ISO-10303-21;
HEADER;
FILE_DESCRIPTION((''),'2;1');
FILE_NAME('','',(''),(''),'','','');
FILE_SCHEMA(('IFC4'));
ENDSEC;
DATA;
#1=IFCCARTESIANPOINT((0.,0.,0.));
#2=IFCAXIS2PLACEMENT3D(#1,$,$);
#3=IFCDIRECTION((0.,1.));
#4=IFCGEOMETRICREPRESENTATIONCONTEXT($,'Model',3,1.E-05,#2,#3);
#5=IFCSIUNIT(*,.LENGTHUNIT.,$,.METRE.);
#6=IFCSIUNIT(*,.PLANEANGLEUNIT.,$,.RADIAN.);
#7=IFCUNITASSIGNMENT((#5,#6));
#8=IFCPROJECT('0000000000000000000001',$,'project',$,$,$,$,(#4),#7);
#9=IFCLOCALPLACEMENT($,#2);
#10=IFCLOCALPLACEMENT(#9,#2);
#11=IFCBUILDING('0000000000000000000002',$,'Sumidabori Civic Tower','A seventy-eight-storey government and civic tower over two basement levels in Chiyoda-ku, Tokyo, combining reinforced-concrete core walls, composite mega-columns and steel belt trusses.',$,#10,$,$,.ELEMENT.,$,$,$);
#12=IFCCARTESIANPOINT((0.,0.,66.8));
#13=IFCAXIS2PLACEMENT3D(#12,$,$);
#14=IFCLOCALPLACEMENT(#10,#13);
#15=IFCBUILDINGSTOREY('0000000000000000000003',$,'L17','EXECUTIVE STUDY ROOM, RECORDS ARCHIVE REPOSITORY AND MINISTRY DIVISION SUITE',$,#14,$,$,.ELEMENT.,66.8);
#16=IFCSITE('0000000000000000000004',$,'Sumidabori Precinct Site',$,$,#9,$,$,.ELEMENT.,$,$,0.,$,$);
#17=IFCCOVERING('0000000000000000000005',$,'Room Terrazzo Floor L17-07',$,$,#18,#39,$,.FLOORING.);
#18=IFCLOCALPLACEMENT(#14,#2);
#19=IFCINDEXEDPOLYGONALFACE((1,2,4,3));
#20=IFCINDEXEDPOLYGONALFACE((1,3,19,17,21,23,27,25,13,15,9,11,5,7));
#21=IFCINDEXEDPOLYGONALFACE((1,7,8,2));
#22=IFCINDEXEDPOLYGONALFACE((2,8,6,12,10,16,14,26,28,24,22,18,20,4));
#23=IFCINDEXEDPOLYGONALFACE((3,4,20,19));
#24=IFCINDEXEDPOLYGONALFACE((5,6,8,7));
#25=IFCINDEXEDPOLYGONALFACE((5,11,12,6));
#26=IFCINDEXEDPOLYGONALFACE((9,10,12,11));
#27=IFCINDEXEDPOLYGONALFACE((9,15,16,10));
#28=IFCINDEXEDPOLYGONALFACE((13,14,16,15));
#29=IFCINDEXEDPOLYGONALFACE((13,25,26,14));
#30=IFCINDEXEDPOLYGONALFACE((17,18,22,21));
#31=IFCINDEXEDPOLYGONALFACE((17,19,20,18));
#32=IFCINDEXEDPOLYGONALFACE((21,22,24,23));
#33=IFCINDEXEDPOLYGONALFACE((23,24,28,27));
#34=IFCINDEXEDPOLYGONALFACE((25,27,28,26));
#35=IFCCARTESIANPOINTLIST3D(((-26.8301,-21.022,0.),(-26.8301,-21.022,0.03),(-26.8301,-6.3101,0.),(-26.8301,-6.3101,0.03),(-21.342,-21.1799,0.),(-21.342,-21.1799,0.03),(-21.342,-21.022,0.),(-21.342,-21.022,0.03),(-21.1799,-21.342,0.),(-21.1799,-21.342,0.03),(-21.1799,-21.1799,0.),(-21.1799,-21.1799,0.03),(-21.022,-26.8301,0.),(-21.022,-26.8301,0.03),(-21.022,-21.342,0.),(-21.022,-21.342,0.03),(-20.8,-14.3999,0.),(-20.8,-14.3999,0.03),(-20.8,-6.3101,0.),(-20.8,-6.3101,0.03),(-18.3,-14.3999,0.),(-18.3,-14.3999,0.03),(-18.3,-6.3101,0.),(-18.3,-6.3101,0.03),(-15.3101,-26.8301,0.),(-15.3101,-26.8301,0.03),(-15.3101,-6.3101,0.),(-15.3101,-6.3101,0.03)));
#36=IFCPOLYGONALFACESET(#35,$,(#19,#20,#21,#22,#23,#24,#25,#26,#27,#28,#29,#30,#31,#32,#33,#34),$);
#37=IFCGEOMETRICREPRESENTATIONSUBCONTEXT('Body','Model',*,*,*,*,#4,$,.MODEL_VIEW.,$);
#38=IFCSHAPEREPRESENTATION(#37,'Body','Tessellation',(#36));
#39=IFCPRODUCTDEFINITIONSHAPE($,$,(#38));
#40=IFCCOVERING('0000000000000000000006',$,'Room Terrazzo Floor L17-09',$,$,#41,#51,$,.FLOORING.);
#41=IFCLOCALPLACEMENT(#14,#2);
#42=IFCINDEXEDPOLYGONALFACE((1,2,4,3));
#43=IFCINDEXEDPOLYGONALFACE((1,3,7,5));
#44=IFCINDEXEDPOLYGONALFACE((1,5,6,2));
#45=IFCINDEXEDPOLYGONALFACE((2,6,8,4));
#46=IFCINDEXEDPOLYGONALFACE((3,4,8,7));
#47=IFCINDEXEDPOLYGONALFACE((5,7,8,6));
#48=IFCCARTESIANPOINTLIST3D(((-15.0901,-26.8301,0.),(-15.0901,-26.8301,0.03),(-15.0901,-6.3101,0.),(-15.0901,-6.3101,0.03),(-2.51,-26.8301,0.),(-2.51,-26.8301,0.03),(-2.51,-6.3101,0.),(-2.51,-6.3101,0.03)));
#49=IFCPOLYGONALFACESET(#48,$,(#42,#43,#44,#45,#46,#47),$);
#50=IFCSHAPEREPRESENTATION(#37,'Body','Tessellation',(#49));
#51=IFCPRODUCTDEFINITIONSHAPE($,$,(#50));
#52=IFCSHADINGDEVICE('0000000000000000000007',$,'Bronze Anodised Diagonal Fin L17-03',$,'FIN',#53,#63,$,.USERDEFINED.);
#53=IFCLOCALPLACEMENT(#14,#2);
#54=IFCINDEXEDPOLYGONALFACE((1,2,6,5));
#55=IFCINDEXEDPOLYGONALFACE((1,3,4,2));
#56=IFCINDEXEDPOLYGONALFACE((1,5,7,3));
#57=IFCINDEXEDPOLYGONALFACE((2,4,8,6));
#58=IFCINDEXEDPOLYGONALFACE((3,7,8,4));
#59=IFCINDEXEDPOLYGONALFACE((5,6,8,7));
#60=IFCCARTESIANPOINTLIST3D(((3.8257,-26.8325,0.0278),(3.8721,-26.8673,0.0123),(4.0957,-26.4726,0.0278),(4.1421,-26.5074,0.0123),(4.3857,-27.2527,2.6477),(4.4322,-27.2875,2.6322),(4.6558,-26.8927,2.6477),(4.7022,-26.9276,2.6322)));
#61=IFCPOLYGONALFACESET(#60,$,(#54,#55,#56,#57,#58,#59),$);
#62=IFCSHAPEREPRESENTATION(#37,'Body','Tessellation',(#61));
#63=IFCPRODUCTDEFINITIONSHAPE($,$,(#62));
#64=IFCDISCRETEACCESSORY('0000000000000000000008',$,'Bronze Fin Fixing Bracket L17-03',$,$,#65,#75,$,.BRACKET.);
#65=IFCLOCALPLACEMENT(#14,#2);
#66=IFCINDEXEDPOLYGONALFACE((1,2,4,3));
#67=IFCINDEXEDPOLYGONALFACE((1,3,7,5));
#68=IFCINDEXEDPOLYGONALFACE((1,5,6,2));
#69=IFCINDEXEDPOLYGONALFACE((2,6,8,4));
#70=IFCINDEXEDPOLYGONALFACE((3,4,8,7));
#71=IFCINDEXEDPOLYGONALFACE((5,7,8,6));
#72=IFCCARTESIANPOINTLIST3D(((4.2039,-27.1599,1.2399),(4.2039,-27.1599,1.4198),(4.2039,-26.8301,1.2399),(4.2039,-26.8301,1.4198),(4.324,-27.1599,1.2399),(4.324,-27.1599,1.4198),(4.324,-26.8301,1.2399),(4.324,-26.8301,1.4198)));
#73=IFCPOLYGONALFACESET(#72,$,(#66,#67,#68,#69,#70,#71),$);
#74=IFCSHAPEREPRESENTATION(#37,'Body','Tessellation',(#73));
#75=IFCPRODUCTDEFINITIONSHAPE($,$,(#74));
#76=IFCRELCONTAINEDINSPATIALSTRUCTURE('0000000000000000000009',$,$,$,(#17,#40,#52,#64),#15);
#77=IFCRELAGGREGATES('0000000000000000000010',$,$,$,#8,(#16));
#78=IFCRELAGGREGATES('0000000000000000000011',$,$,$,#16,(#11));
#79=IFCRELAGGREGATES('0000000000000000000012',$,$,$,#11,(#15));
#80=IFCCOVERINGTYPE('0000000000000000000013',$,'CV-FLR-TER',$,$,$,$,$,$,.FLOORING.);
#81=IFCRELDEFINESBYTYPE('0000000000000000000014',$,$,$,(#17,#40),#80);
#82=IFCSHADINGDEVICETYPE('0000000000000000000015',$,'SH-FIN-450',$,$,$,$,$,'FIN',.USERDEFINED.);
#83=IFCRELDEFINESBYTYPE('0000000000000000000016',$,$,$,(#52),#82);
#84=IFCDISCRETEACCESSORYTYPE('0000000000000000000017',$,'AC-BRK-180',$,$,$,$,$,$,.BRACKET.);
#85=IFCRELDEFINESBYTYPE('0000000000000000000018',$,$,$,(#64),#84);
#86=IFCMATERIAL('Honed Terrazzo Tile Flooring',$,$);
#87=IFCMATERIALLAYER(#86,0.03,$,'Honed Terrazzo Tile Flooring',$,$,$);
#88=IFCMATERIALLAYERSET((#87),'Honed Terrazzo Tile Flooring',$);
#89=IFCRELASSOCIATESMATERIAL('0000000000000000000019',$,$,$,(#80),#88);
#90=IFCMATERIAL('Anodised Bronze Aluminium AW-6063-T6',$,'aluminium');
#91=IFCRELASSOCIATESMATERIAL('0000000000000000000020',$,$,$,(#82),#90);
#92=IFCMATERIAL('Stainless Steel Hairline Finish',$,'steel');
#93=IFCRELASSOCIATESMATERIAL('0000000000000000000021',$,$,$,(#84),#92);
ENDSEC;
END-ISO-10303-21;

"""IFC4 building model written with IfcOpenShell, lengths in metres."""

from ifc_helpers import new_model, si_unit, direction, frame, origin, origin_2d, place, context, subcontext, project, spatial, polyline, rectangle, outline, extrude, source, transform, mapped, material, layer, layer_set, material_profile, profile_set, type_object, element, save


model = new_model("IFC4")

# Units and contexts
model_context = context("Model", 3, precision=1e-05, world=origin(), true_north=direction((0.0, 1.0)))
body_context = subcontext(model_context, "Body", "Model", "MODEL_VIEW")
ifc_project = project(units=[si_unit("LENGTHUNIT", "METRE"), si_unit("PLANEANGLEUNIT", "RADIAN")], contexts=[model_context])

# Site, building, storey
site_placement = place(None, origin())
site = spatial("IfcSite", under=ifc_project, at=site_placement, Name="Sumidabori Precinct Site", CompositionType="ELEMENT", RefElevation=0.0)
building_placement = place(site_placement, origin())
building = spatial("IfcBuilding", under=site, at=building_placement, Name="Sumidabori Civic Tower", Description="A seventy-eight-storey government and civic tower over two basement levels in Chiyoda-ku, Tokyo, combining reinforced-concrete core walls, composite mega-columns and steel belt trusses.", CompositionType="ELEMENT")
storey_placement = place(building_placement, frame((0.0, 0.0, 66.8)))
storey = spatial("IfcBuildingStorey", under=building, at=storey_placement, Name="L17", Description="EXECUTIVE STUDY ROOM, RECORDS ARCHIVE REPOSITORY AND MINISTRY DIVISION SUITE", CompositionType="ELEMENT", Elevation=66.8)

# Shared definitions
ifc_material_1 = material(Name="Anodised Bronze Aluminium AW-6063-T6", Category="aluminium")

# Coverings
ifc_material_2 = material(Name="Honed Terrazzo Tile Flooring")
ifc_layer_1 = layer(ifc_material_2, 0.03, Name="Honed Terrazzo Tile Flooring")
ifc_layer_set_1 = layer_set([ifc_layer_1], Name="Honed Terrazzo Tile Flooring")
covering_type_1 = type_object("IfcCoveringType", Name="CV-FLR-TER", PredefinedType="FLOORING", material=ifc_layer_set_1)
covering_1_placement = place(storey_placement, origin())
element("IfcCovering", 1, at=covering_1_placement, inside=storey, type_object=covering_type_1, Name="Room Terrazzo Floor L17-07", PredefinedType="FLOORING", context=body_context, shape_type="SweptSolid", body=[
    extrude(outline(polyline([(-26.8301, -21.022), (-26.8301, -6.3101), (-20.8, -6.3101), (-20.8, -14.3999), (-18.3, -14.3999), (-18.3, -6.3101), (-15.3101, -6.3101), (-15.3101, -26.8301), (-21.022, -26.8301), (-21.022, -21.342), (-21.1799, -21.342), (-21.1799, -21.1799), (-21.342, -21.1799), (-21.342, -21.022), (-26.8301, -21.022)])), origin(), (0.0, 0.0, 1.0), 0.03),
])
covering_2_placement = place(storey_placement, origin())
element("IfcCovering", 2, at=covering_2_placement, inside=storey, type_object=covering_type_1, Name="Room Terrazzo Floor L17-09", PredefinedType="FLOORING", context=body_context, shape_type="SweptSolid", body=[
    extrude(outline(polyline([(-2.51, -26.8301), (-15.0901, -26.8301), (-15.0901, -6.3101), (-2.51, -6.3101), (-2.51, -26.8301)])), origin(), (0.0, 0.0, 1.0), 0.03),
])

# Shading device
ifc_material_profile_1 = material_profile(ifc_material_1, rectangle(XDim=0.0601, YDim=0.45, at=origin_2d()), Name="BRONZE FIN 450x60")
ifc_profile_set_1 = profile_set([ifc_material_profile_1], Name="Anodised Bronze Aluminium AW-6063-T6")
shading_device_type = type_object("IfcShadingDeviceType", Name="SH-FIN-450", ElementType="FIN", PredefinedType="USERDEFINED", material=ifc_profile_set_1)
shared_shape_1 = source(origin(), body_context, "Body", "SweptSolid", [
    extrude(rectangle(XDim=0.0601, YDim=0.45, at=origin_2d()), origin(), (0.0, 0.0, 1.0), 2.7119),
])
shading_device_placement = place(storey_placement, frame((3.9839, -26.6699, 0.02), z_axis=(0.206525, -0.154939, 0.966096), x_axis=(0.772796, -0.579765, -0.258184)))
element("IfcShadingDevice", 3, at=shading_device_placement, inside=storey, type_object=shading_device_type, Name="Bronze Anodised Diagonal Fin L17-03", ObjectType="FIN", PredefinedType="USERDEFINED", context=body_context, shape_type="MappedRepresentation", body=[
    mapped(shared_shape_1, transform((0.0, 0.0, 0.0), x_axis=(1.0, 0.0, 0.0), y_axis=(0.0, 1.0, 0.0), z_axis=(0.0, 0.0, 1.0), scale=1.0)),
])

# Discrete accessory
ifc_material_3 = material(Name="Stainless Steel Hairline Finish", Category="steel")
ifc_material_profile_2 = material_profile(ifc_material_3, rectangle(XDim=0.1201, YDim=0.1799, at=origin_2d()), Name="STEEL BRACKET 180x120")
ifc_profile_set_2 = profile_set([ifc_material_profile_2], Name="Stainless Steel Hairline Finish")
discrete_accessory_type = type_object("IfcDiscreteAccessoryType", Name="AC-BRK-180", PredefinedType="BRACKET", material=ifc_profile_set_2)
shared_shape_2 = source(origin(), body_context, "Body", "SweptSolid", [
    extrude(rectangle(XDim=0.1201, YDim=0.1799, at=origin_2d()), origin(), (0.0, 0.0, 1.0), 0.3298),
])
discrete_accessory_placement = place(storey_placement, frame((4.2639, -26.8301, 1.3298), z_axis=(0.0, -1.0, 0.0), x_axis=(1.0, 0.0, 0.0)))
element("IfcDiscreteAccessory", 4, at=discrete_accessory_placement, inside=storey, type_object=discrete_accessory_type, Name="Bronze Fin Fixing Bracket L17-03", PredefinedType="BRACKET", context=body_context, shape_type="MappedRepresentation", body=[
    mapped(shared_shape_2, transform((0.0, 0.0, 0.0), x_axis=(1.0, 0.0, 0.0), y_axis=(0.0, 1.0, 0.0), z_axis=(0.0, 0.0, 1.0), scale=1.0)),
])

save(model, "model.ifc")
